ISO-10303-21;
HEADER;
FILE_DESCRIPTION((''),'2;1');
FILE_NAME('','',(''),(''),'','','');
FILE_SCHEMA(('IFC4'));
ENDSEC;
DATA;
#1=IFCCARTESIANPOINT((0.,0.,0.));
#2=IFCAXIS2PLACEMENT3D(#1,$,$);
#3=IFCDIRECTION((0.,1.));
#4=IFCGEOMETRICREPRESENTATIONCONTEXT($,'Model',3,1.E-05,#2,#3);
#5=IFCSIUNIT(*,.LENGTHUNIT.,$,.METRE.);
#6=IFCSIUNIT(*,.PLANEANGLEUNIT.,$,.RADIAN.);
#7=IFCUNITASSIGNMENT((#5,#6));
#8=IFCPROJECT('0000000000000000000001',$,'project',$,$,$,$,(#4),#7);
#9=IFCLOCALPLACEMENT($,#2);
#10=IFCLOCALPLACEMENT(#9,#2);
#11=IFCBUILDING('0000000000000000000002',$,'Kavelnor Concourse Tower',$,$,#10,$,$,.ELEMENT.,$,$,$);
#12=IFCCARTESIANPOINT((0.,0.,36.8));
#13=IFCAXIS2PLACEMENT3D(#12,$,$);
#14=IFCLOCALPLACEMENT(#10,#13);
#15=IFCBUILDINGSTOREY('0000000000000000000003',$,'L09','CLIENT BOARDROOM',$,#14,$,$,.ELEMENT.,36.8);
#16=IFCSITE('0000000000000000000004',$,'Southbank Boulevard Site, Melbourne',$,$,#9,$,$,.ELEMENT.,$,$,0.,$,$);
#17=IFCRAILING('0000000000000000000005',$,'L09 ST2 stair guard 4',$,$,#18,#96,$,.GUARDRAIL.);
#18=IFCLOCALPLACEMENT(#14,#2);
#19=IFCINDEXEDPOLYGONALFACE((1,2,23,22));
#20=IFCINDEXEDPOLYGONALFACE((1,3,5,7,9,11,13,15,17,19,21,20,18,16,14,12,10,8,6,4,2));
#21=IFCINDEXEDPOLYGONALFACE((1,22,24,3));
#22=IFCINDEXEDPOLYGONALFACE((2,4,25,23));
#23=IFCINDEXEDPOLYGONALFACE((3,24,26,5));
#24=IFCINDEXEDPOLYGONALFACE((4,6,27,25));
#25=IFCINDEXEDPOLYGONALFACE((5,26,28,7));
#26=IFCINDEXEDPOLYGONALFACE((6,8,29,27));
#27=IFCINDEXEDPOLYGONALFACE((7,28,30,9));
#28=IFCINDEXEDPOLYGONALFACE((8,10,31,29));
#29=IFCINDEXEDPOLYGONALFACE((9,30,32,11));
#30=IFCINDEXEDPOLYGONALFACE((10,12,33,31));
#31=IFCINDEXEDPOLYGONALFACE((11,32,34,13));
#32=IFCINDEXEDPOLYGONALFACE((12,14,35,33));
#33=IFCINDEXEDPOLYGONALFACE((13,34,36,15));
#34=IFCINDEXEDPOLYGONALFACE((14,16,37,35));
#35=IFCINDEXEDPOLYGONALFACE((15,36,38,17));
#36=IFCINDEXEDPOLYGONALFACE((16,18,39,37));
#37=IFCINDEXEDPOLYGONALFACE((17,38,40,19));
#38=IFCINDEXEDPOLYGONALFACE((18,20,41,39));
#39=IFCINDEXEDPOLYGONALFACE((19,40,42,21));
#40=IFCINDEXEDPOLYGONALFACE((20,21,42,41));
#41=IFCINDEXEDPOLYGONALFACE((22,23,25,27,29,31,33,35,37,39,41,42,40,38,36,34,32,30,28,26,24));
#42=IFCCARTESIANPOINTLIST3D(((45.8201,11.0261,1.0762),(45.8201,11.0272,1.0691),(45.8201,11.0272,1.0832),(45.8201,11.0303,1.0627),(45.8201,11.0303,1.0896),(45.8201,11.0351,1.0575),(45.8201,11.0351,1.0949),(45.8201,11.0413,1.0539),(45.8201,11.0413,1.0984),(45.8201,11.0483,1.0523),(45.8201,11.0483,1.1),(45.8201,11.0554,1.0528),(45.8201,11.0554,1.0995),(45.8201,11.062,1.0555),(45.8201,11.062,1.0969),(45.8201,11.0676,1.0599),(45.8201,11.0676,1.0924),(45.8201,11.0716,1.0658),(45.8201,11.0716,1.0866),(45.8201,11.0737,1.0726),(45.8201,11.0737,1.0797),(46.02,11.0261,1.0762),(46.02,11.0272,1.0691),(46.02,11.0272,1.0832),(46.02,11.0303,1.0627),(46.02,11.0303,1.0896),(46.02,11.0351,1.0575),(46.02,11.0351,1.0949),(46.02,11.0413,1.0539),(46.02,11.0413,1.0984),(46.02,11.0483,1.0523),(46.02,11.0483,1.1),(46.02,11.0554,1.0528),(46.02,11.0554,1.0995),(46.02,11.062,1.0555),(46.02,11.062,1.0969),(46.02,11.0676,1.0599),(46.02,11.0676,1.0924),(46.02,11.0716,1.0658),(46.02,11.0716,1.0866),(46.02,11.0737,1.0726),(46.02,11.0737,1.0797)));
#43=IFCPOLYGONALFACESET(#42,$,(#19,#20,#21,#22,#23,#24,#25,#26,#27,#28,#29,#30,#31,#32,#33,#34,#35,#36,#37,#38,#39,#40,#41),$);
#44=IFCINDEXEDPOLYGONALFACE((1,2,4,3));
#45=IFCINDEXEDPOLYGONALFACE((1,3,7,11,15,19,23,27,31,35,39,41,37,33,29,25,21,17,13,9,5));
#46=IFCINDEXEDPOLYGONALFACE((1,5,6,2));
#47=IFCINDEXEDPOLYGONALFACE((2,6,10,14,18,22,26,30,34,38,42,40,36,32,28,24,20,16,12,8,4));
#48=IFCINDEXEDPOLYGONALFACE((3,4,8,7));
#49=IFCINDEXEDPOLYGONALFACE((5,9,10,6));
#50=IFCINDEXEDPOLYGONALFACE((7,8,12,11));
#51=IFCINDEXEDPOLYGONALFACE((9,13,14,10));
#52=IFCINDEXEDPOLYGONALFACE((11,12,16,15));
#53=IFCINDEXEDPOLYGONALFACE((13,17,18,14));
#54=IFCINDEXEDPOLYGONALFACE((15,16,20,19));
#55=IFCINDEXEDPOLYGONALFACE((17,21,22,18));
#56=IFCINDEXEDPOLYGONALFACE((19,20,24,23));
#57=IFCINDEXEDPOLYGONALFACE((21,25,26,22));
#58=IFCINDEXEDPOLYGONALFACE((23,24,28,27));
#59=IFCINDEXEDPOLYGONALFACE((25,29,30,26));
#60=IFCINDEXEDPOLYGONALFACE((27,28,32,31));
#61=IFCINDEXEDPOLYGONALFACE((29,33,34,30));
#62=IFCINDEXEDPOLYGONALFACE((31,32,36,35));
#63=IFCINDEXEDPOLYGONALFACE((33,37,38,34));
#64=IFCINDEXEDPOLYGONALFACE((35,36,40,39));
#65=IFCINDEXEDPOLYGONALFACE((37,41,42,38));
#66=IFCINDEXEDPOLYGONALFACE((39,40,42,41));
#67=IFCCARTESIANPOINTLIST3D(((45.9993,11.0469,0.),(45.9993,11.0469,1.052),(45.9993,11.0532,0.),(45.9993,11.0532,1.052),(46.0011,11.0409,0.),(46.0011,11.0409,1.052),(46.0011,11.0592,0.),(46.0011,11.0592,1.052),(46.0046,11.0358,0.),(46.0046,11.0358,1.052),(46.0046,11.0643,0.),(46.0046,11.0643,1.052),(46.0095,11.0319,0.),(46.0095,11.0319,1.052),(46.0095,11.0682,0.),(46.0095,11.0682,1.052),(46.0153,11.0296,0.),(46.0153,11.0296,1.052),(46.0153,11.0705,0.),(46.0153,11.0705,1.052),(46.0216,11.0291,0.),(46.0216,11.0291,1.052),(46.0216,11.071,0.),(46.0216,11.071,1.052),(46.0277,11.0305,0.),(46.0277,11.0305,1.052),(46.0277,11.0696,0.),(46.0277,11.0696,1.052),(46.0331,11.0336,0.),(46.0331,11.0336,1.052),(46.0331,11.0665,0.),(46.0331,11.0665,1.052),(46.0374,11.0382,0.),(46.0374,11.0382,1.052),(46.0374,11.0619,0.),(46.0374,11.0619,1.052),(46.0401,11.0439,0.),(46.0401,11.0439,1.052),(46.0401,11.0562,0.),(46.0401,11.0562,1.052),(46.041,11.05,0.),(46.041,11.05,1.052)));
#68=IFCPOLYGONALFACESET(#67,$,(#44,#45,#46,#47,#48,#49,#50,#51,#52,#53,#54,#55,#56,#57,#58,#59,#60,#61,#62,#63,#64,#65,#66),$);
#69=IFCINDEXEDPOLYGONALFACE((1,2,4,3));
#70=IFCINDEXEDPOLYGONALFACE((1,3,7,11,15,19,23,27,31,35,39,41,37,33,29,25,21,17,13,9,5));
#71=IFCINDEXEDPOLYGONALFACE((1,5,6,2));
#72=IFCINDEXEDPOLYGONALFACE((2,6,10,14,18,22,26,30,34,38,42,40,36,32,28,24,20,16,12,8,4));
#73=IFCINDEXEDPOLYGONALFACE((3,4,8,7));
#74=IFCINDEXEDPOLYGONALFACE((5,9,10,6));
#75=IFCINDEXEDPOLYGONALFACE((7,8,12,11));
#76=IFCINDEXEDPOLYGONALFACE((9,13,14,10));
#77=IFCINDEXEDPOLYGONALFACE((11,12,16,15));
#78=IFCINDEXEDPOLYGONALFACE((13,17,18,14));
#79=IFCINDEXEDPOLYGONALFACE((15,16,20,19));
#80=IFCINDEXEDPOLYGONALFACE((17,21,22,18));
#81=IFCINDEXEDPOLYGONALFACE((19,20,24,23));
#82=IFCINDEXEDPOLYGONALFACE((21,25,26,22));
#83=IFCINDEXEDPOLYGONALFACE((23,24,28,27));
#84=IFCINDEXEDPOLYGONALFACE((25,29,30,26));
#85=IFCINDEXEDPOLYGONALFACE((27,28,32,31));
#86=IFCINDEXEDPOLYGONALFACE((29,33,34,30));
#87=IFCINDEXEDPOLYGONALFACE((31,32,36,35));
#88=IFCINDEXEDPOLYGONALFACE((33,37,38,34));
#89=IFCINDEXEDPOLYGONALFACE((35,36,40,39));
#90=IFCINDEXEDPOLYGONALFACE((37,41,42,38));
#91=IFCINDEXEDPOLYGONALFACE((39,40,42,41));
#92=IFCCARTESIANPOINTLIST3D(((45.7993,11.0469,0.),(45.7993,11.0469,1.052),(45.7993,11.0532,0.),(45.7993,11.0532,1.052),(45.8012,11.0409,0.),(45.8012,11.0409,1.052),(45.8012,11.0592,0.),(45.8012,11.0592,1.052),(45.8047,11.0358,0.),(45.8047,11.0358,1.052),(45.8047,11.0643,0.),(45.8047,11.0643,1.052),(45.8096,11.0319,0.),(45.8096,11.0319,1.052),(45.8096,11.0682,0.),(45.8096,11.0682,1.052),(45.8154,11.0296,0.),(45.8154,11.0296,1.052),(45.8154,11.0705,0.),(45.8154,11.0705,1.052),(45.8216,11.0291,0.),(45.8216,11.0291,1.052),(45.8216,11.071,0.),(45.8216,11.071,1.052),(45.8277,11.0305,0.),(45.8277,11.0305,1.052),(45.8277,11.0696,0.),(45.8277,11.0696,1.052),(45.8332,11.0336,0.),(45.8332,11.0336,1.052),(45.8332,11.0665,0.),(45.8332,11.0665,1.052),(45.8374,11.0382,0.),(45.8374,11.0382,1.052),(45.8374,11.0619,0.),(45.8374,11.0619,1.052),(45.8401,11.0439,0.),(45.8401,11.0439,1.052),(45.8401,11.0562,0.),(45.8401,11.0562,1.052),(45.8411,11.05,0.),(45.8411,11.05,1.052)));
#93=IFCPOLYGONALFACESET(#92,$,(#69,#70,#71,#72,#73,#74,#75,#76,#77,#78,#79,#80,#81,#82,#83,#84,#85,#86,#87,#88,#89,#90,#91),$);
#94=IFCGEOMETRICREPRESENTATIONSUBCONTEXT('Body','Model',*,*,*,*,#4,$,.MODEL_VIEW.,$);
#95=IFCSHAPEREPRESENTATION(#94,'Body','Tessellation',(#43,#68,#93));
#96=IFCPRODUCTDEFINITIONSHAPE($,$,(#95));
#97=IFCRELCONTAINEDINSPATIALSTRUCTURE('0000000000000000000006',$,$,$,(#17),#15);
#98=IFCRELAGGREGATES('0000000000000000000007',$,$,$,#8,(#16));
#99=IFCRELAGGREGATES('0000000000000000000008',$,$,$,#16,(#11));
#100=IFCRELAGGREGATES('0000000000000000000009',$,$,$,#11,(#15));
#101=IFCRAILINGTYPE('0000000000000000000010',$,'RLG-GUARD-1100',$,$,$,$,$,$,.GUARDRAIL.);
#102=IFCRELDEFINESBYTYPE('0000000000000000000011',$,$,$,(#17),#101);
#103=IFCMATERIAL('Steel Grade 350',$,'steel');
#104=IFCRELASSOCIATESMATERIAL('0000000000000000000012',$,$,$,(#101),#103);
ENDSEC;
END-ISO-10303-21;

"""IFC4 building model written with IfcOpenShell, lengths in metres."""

from ifc_helpers import new_model, si_unit, direction, frame, origin, origin_2d, place, context, subcontext, project, spatial, circle, extrude, material, type_object, element, save


model = new_model("IFC4")

# Units and contexts
model_context = context("Model", 3, precision=1e-05, world=origin(), true_north=direction((0.0, 1.0)))
body_context = subcontext(model_context, "Body", "Model", "MODEL_VIEW")
ifc_project = project(units=[si_unit("LENGTHUNIT", "METRE"), si_unit("PLANEANGLEUNIT", "RADIAN")], contexts=[model_context])

# Site, building, storey
site_placement = place(None, origin())
site = spatial("IfcSite", under=ifc_project, at=site_placement, Name="Southbank Boulevard Site, Melbourne", CompositionType="ELEMENT", RefElevation=0.0)
building_placement = place(site_placement, origin())
building = spatial("IfcBuilding", under=site, at=building_placement, Name="Kavelnor Concourse Tower", CompositionType="ELEMENT")
storey_placement = place(building_placement, frame((0.0, 0.0, 36.8)))
storey = spatial("IfcBuildingStorey", under=building, at=storey_placement, Name="L09", Description="CLIENT BOARDROOM", CompositionType="ELEMENT", Elevation=36.8)

# Shared definitions
ifc_material_1 = material(Name="Steel Grade 350", Category="steel")

# Railing
railing_type_1 = type_object("IfcRailingType", Name="RLG-GUARD-1100", PredefinedType="GUARDRAIL", material=ifc_material_1)
railing_1_placement = place(storey_placement, frame((46.02, 11.05, 0.0)))
element("IfcRailing", 1, at=railing_1_placement, inside=storey, type_object=railing_type_1, Name="L09 ST2 stair guard 4", PredefinedType="GUARDRAIL", context=body_context, shape_type="SweptSolid", body=[
    extrude(circle(Radius=0.0239, at=origin_2d()), frame((0.0, 0.0, 1.0762), z_axis=(-1.0, 0.0, 0.0), x_axis=(0.0, -1.0, 0.0)), (0.0, 0.0, 1.0), 0.2),
    extrude(circle(Radius=0.021, at=origin_2d()), origin(), (0.0, 0.0, 1.0), 1.052),
    extrude(circle(Radius=0.021, at=origin_2d()), frame((-0.2, 0.0, 0.0)), (0.0, 0.0, 1.0), 1.052),
])

save(model, "model.ifc")
